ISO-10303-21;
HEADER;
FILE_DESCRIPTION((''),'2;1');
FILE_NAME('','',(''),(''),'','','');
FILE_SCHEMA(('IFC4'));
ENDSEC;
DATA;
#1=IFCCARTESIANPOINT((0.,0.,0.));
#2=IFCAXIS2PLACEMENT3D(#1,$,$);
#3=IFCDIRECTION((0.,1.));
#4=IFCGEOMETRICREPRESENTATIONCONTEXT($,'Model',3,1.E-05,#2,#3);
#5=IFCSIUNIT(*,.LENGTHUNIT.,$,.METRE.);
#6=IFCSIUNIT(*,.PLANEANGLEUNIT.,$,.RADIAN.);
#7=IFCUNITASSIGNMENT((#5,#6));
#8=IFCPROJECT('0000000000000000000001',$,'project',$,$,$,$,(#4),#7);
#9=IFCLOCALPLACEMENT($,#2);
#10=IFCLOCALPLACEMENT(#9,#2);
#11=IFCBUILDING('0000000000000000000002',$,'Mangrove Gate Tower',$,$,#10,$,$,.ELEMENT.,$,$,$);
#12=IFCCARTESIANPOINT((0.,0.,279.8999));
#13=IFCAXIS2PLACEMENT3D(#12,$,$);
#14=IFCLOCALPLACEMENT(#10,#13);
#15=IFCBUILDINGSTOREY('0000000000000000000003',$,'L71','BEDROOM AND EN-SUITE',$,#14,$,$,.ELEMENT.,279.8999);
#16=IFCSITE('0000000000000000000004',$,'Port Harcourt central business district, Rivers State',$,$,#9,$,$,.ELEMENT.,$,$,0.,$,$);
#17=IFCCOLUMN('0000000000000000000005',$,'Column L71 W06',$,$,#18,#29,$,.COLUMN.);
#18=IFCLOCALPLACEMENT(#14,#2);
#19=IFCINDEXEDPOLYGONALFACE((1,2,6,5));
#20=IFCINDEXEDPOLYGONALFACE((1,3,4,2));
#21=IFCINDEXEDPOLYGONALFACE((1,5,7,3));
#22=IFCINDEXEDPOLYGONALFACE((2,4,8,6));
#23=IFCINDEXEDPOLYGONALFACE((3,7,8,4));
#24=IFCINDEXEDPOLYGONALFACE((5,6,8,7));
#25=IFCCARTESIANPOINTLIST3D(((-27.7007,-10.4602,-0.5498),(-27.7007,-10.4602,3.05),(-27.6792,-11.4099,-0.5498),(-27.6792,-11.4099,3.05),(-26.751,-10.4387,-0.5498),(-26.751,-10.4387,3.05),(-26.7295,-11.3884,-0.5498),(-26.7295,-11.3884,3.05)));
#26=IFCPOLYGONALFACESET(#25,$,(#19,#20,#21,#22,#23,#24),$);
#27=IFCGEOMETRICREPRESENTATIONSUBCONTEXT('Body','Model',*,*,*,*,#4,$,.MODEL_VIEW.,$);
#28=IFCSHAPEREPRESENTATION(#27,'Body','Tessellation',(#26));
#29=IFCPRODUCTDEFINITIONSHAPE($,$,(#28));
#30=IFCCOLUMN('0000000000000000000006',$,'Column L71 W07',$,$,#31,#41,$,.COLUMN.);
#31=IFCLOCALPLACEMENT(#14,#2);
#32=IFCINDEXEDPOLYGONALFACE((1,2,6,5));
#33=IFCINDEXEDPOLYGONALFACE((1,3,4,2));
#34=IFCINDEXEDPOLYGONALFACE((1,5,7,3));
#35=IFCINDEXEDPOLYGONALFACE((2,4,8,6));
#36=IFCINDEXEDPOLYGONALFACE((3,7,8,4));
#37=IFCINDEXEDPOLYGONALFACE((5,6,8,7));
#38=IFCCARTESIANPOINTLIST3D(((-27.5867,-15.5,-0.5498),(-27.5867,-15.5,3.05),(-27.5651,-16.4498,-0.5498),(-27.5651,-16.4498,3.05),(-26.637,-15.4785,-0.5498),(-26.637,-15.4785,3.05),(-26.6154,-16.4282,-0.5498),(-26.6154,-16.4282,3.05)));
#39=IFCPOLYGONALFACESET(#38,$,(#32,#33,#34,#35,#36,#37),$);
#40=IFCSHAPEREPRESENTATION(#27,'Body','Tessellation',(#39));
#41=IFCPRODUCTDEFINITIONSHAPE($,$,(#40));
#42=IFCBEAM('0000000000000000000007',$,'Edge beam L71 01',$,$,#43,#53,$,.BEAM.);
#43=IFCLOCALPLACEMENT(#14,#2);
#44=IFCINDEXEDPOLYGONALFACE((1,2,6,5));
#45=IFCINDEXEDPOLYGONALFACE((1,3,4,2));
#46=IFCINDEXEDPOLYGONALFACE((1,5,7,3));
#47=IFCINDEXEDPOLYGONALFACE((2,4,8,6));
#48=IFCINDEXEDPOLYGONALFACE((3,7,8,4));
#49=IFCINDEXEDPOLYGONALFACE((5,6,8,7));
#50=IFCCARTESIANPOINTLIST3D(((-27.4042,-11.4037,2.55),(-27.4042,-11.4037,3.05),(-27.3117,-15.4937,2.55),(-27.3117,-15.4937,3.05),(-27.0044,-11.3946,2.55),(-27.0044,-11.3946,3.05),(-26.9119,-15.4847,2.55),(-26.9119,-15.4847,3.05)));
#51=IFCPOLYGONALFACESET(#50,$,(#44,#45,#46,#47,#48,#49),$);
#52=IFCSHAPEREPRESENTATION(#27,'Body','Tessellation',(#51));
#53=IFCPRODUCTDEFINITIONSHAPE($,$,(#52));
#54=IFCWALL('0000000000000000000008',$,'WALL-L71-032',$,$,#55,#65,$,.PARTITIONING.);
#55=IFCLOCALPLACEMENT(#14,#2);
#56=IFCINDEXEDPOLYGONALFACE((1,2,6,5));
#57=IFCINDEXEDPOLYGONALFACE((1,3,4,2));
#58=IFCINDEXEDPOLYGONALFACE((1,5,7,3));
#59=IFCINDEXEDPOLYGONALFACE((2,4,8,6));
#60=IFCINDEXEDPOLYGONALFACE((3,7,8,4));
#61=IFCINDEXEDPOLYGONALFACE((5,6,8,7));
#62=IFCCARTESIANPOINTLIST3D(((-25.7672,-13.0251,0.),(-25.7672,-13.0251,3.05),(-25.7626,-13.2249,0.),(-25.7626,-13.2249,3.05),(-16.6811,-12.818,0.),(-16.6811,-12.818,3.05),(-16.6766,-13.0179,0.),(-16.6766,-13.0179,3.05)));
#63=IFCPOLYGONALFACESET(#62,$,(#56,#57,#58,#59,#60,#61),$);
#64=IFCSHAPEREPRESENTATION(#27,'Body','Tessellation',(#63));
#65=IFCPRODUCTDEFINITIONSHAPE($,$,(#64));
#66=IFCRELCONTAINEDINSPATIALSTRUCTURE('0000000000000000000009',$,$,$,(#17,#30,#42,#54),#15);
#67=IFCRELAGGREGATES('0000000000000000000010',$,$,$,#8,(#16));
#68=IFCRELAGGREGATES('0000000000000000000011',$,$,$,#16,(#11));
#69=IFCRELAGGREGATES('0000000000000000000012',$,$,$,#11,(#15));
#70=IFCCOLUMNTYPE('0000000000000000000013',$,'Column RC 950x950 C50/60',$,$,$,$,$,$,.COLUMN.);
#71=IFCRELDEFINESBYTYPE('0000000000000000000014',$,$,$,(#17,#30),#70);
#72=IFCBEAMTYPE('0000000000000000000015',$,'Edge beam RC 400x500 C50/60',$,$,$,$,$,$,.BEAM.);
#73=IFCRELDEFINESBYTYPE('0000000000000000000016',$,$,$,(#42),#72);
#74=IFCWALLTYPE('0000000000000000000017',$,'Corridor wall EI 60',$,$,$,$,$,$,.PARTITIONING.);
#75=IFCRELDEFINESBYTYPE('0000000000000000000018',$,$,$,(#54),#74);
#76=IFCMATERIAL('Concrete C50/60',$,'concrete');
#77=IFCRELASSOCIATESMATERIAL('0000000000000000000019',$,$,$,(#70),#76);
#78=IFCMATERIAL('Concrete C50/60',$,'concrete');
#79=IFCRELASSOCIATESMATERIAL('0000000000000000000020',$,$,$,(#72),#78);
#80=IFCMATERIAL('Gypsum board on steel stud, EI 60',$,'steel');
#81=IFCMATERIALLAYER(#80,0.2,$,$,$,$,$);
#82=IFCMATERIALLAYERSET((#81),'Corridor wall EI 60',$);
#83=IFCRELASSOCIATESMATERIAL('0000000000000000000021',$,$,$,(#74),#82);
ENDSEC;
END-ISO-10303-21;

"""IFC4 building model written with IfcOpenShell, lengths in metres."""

from ifc_helpers import new_model, si_unit, direction, frame, frame_2d, origin, origin_2d, place, context, subcontext, project, spatial, rectangle, extrude, material, layer, layer_set, material_profile, profile_set, type_object, element, save


model = new_model("IFC4")

# Units and contexts
model_context = context("Model", 3, precision=1e-05, world=origin(), true_north=direction((0.0, 1.0)))
body_context = subcontext(model_context, "Body", "Model", "MODEL_VIEW")
ifc_project = project(units=[si_unit("LENGTHUNIT", "METRE"), si_unit("PLANEANGLEUNIT", "RADIAN")], contexts=[model_context])

# Site, building, storey
site_placement = place(None, origin())
site = spatial("IfcSite", under=ifc_project, at=site_placement, Name="Port Harcourt central business district, Rivers State", CompositionType="ELEMENT", RefElevation=0.0)
building_placement = place(site_placement, origin())
building = spatial("IfcBuilding", under=site, at=building_placement, Name="Mangrove Gate Tower", CompositionType="ELEMENT")
storey_placement = place(building_placement, frame((0.0, 0.0, 279.8999)))
storey = spatial("IfcBuildingStorey", under=building, at=storey_placement, Name="L71", Description="BEDROOM AND EN-SUITE", CompositionType="ELEMENT", Elevation=279.8999)

# Columns
ifc_material_1 = material(Name="Concrete C50/60", Category="concrete")
ifc_material_profile_1 = material_profile(ifc_material_1, rectangle(XDim=0.95, YDim=0.95, at=origin_2d()))
ifc_profile_set_1 = profile_set([ifc_material_profile_1], Name="Concrete C50/60")
column_type = type_object("IfcColumnType", Name="Column RC 950x950 C50/60", PredefinedType="COLUMN", material=ifc_profile_set_1)
for number, where, z_axis, x_axis, name in (
    (1, (-27.2151, -10.9243, -0.5498), (0.0, 0.0, 1.0), (0.022611, -0.999744, 0.0), "Column L71 W06"),
    (2, (-27.1011, -15.9641, -0.5498), (0.0, 0.0, 1.0), (0.022712, -0.999742, 0.0), "Column L71 W07"),
):
    element("IfcColumn", number, at=place(storey_placement, frame(where, z_axis=z_axis, x_axis=x_axis)), inside=storey, type_object=column_type, Name=name, PredefinedType="COLUMN", context=body_context, shape_type="SweptSolid", body=[
        extrude(rectangle(XDim=0.95, YDim=0.95, at=origin_2d()), origin(), (0.0, 0.0, 1.0), 3.5999),
    ])

# Beam
ifc_material_2 = material(Name="Concrete C50/60", Category="concrete")
ifc_material_profile_2 = material_profile(ifc_material_2, rectangle(XDim=0.3999, YDim=0.5, at=origin_2d()))
ifc_profile_set_2 = profile_set([ifc_material_profile_2], Name="Concrete C50/60")
beam_type = type_object("IfcBeamType", Name="Edge beam RC 400x500 C50/60", PredefinedType="BEAM", material=ifc_profile_set_2)
beam_placement = place(storey_placement, frame((-27.2043, -11.3992, 2.8), z_axis=(0.022617, -0.999744, 0.0), x_axis=(0.999744, 0.022617, 0.0)))
element("IfcBeam", 3, at=beam_placement, inside=storey, type_object=beam_type, Name="Edge beam L71 01", PredefinedType="BEAM", context=body_context, shape_type="SweptSolid", body=[
    extrude(rectangle(XDim=0.3999, YDim=0.5, at=origin_2d()), origin(), (0.0, 0.0, 1.0), 4.0911),
])

# Wall
ifc_material_3 = material(Name="Gypsum board on steel stud, EI 60", Category="steel")
ifc_layer = layer(ifc_material_3, 0.2)
ifc_layer_set = layer_set([ifc_layer], Name="Corridor wall EI 60")
wall_type = type_object("IfcWallType", Name="Corridor wall EI 60", PredefinedType="PARTITIONING", material=ifc_layer_set)
wall_placement = place(storey_placement, frame((-25.7649, -13.125, 0.0), z_axis=(0.0, 0.0, 1.0), x_axis=(0.999741, 0.02278, 0.0)))
element("IfcWall", 4, at=wall_placement, inside=storey, type_object=wall_type, Name="WALL-L71-032", PredefinedType="PARTITIONING", context=body_context, shape_type="SweptSolid", body=[
    extrude(rectangle(XDim=9.0884, YDim=0.2, at=frame_2d((4.5442, 0.0))), origin(), (0.0, 0.0, 1.0), 3.05),
])

save(model, "model.ifc")
